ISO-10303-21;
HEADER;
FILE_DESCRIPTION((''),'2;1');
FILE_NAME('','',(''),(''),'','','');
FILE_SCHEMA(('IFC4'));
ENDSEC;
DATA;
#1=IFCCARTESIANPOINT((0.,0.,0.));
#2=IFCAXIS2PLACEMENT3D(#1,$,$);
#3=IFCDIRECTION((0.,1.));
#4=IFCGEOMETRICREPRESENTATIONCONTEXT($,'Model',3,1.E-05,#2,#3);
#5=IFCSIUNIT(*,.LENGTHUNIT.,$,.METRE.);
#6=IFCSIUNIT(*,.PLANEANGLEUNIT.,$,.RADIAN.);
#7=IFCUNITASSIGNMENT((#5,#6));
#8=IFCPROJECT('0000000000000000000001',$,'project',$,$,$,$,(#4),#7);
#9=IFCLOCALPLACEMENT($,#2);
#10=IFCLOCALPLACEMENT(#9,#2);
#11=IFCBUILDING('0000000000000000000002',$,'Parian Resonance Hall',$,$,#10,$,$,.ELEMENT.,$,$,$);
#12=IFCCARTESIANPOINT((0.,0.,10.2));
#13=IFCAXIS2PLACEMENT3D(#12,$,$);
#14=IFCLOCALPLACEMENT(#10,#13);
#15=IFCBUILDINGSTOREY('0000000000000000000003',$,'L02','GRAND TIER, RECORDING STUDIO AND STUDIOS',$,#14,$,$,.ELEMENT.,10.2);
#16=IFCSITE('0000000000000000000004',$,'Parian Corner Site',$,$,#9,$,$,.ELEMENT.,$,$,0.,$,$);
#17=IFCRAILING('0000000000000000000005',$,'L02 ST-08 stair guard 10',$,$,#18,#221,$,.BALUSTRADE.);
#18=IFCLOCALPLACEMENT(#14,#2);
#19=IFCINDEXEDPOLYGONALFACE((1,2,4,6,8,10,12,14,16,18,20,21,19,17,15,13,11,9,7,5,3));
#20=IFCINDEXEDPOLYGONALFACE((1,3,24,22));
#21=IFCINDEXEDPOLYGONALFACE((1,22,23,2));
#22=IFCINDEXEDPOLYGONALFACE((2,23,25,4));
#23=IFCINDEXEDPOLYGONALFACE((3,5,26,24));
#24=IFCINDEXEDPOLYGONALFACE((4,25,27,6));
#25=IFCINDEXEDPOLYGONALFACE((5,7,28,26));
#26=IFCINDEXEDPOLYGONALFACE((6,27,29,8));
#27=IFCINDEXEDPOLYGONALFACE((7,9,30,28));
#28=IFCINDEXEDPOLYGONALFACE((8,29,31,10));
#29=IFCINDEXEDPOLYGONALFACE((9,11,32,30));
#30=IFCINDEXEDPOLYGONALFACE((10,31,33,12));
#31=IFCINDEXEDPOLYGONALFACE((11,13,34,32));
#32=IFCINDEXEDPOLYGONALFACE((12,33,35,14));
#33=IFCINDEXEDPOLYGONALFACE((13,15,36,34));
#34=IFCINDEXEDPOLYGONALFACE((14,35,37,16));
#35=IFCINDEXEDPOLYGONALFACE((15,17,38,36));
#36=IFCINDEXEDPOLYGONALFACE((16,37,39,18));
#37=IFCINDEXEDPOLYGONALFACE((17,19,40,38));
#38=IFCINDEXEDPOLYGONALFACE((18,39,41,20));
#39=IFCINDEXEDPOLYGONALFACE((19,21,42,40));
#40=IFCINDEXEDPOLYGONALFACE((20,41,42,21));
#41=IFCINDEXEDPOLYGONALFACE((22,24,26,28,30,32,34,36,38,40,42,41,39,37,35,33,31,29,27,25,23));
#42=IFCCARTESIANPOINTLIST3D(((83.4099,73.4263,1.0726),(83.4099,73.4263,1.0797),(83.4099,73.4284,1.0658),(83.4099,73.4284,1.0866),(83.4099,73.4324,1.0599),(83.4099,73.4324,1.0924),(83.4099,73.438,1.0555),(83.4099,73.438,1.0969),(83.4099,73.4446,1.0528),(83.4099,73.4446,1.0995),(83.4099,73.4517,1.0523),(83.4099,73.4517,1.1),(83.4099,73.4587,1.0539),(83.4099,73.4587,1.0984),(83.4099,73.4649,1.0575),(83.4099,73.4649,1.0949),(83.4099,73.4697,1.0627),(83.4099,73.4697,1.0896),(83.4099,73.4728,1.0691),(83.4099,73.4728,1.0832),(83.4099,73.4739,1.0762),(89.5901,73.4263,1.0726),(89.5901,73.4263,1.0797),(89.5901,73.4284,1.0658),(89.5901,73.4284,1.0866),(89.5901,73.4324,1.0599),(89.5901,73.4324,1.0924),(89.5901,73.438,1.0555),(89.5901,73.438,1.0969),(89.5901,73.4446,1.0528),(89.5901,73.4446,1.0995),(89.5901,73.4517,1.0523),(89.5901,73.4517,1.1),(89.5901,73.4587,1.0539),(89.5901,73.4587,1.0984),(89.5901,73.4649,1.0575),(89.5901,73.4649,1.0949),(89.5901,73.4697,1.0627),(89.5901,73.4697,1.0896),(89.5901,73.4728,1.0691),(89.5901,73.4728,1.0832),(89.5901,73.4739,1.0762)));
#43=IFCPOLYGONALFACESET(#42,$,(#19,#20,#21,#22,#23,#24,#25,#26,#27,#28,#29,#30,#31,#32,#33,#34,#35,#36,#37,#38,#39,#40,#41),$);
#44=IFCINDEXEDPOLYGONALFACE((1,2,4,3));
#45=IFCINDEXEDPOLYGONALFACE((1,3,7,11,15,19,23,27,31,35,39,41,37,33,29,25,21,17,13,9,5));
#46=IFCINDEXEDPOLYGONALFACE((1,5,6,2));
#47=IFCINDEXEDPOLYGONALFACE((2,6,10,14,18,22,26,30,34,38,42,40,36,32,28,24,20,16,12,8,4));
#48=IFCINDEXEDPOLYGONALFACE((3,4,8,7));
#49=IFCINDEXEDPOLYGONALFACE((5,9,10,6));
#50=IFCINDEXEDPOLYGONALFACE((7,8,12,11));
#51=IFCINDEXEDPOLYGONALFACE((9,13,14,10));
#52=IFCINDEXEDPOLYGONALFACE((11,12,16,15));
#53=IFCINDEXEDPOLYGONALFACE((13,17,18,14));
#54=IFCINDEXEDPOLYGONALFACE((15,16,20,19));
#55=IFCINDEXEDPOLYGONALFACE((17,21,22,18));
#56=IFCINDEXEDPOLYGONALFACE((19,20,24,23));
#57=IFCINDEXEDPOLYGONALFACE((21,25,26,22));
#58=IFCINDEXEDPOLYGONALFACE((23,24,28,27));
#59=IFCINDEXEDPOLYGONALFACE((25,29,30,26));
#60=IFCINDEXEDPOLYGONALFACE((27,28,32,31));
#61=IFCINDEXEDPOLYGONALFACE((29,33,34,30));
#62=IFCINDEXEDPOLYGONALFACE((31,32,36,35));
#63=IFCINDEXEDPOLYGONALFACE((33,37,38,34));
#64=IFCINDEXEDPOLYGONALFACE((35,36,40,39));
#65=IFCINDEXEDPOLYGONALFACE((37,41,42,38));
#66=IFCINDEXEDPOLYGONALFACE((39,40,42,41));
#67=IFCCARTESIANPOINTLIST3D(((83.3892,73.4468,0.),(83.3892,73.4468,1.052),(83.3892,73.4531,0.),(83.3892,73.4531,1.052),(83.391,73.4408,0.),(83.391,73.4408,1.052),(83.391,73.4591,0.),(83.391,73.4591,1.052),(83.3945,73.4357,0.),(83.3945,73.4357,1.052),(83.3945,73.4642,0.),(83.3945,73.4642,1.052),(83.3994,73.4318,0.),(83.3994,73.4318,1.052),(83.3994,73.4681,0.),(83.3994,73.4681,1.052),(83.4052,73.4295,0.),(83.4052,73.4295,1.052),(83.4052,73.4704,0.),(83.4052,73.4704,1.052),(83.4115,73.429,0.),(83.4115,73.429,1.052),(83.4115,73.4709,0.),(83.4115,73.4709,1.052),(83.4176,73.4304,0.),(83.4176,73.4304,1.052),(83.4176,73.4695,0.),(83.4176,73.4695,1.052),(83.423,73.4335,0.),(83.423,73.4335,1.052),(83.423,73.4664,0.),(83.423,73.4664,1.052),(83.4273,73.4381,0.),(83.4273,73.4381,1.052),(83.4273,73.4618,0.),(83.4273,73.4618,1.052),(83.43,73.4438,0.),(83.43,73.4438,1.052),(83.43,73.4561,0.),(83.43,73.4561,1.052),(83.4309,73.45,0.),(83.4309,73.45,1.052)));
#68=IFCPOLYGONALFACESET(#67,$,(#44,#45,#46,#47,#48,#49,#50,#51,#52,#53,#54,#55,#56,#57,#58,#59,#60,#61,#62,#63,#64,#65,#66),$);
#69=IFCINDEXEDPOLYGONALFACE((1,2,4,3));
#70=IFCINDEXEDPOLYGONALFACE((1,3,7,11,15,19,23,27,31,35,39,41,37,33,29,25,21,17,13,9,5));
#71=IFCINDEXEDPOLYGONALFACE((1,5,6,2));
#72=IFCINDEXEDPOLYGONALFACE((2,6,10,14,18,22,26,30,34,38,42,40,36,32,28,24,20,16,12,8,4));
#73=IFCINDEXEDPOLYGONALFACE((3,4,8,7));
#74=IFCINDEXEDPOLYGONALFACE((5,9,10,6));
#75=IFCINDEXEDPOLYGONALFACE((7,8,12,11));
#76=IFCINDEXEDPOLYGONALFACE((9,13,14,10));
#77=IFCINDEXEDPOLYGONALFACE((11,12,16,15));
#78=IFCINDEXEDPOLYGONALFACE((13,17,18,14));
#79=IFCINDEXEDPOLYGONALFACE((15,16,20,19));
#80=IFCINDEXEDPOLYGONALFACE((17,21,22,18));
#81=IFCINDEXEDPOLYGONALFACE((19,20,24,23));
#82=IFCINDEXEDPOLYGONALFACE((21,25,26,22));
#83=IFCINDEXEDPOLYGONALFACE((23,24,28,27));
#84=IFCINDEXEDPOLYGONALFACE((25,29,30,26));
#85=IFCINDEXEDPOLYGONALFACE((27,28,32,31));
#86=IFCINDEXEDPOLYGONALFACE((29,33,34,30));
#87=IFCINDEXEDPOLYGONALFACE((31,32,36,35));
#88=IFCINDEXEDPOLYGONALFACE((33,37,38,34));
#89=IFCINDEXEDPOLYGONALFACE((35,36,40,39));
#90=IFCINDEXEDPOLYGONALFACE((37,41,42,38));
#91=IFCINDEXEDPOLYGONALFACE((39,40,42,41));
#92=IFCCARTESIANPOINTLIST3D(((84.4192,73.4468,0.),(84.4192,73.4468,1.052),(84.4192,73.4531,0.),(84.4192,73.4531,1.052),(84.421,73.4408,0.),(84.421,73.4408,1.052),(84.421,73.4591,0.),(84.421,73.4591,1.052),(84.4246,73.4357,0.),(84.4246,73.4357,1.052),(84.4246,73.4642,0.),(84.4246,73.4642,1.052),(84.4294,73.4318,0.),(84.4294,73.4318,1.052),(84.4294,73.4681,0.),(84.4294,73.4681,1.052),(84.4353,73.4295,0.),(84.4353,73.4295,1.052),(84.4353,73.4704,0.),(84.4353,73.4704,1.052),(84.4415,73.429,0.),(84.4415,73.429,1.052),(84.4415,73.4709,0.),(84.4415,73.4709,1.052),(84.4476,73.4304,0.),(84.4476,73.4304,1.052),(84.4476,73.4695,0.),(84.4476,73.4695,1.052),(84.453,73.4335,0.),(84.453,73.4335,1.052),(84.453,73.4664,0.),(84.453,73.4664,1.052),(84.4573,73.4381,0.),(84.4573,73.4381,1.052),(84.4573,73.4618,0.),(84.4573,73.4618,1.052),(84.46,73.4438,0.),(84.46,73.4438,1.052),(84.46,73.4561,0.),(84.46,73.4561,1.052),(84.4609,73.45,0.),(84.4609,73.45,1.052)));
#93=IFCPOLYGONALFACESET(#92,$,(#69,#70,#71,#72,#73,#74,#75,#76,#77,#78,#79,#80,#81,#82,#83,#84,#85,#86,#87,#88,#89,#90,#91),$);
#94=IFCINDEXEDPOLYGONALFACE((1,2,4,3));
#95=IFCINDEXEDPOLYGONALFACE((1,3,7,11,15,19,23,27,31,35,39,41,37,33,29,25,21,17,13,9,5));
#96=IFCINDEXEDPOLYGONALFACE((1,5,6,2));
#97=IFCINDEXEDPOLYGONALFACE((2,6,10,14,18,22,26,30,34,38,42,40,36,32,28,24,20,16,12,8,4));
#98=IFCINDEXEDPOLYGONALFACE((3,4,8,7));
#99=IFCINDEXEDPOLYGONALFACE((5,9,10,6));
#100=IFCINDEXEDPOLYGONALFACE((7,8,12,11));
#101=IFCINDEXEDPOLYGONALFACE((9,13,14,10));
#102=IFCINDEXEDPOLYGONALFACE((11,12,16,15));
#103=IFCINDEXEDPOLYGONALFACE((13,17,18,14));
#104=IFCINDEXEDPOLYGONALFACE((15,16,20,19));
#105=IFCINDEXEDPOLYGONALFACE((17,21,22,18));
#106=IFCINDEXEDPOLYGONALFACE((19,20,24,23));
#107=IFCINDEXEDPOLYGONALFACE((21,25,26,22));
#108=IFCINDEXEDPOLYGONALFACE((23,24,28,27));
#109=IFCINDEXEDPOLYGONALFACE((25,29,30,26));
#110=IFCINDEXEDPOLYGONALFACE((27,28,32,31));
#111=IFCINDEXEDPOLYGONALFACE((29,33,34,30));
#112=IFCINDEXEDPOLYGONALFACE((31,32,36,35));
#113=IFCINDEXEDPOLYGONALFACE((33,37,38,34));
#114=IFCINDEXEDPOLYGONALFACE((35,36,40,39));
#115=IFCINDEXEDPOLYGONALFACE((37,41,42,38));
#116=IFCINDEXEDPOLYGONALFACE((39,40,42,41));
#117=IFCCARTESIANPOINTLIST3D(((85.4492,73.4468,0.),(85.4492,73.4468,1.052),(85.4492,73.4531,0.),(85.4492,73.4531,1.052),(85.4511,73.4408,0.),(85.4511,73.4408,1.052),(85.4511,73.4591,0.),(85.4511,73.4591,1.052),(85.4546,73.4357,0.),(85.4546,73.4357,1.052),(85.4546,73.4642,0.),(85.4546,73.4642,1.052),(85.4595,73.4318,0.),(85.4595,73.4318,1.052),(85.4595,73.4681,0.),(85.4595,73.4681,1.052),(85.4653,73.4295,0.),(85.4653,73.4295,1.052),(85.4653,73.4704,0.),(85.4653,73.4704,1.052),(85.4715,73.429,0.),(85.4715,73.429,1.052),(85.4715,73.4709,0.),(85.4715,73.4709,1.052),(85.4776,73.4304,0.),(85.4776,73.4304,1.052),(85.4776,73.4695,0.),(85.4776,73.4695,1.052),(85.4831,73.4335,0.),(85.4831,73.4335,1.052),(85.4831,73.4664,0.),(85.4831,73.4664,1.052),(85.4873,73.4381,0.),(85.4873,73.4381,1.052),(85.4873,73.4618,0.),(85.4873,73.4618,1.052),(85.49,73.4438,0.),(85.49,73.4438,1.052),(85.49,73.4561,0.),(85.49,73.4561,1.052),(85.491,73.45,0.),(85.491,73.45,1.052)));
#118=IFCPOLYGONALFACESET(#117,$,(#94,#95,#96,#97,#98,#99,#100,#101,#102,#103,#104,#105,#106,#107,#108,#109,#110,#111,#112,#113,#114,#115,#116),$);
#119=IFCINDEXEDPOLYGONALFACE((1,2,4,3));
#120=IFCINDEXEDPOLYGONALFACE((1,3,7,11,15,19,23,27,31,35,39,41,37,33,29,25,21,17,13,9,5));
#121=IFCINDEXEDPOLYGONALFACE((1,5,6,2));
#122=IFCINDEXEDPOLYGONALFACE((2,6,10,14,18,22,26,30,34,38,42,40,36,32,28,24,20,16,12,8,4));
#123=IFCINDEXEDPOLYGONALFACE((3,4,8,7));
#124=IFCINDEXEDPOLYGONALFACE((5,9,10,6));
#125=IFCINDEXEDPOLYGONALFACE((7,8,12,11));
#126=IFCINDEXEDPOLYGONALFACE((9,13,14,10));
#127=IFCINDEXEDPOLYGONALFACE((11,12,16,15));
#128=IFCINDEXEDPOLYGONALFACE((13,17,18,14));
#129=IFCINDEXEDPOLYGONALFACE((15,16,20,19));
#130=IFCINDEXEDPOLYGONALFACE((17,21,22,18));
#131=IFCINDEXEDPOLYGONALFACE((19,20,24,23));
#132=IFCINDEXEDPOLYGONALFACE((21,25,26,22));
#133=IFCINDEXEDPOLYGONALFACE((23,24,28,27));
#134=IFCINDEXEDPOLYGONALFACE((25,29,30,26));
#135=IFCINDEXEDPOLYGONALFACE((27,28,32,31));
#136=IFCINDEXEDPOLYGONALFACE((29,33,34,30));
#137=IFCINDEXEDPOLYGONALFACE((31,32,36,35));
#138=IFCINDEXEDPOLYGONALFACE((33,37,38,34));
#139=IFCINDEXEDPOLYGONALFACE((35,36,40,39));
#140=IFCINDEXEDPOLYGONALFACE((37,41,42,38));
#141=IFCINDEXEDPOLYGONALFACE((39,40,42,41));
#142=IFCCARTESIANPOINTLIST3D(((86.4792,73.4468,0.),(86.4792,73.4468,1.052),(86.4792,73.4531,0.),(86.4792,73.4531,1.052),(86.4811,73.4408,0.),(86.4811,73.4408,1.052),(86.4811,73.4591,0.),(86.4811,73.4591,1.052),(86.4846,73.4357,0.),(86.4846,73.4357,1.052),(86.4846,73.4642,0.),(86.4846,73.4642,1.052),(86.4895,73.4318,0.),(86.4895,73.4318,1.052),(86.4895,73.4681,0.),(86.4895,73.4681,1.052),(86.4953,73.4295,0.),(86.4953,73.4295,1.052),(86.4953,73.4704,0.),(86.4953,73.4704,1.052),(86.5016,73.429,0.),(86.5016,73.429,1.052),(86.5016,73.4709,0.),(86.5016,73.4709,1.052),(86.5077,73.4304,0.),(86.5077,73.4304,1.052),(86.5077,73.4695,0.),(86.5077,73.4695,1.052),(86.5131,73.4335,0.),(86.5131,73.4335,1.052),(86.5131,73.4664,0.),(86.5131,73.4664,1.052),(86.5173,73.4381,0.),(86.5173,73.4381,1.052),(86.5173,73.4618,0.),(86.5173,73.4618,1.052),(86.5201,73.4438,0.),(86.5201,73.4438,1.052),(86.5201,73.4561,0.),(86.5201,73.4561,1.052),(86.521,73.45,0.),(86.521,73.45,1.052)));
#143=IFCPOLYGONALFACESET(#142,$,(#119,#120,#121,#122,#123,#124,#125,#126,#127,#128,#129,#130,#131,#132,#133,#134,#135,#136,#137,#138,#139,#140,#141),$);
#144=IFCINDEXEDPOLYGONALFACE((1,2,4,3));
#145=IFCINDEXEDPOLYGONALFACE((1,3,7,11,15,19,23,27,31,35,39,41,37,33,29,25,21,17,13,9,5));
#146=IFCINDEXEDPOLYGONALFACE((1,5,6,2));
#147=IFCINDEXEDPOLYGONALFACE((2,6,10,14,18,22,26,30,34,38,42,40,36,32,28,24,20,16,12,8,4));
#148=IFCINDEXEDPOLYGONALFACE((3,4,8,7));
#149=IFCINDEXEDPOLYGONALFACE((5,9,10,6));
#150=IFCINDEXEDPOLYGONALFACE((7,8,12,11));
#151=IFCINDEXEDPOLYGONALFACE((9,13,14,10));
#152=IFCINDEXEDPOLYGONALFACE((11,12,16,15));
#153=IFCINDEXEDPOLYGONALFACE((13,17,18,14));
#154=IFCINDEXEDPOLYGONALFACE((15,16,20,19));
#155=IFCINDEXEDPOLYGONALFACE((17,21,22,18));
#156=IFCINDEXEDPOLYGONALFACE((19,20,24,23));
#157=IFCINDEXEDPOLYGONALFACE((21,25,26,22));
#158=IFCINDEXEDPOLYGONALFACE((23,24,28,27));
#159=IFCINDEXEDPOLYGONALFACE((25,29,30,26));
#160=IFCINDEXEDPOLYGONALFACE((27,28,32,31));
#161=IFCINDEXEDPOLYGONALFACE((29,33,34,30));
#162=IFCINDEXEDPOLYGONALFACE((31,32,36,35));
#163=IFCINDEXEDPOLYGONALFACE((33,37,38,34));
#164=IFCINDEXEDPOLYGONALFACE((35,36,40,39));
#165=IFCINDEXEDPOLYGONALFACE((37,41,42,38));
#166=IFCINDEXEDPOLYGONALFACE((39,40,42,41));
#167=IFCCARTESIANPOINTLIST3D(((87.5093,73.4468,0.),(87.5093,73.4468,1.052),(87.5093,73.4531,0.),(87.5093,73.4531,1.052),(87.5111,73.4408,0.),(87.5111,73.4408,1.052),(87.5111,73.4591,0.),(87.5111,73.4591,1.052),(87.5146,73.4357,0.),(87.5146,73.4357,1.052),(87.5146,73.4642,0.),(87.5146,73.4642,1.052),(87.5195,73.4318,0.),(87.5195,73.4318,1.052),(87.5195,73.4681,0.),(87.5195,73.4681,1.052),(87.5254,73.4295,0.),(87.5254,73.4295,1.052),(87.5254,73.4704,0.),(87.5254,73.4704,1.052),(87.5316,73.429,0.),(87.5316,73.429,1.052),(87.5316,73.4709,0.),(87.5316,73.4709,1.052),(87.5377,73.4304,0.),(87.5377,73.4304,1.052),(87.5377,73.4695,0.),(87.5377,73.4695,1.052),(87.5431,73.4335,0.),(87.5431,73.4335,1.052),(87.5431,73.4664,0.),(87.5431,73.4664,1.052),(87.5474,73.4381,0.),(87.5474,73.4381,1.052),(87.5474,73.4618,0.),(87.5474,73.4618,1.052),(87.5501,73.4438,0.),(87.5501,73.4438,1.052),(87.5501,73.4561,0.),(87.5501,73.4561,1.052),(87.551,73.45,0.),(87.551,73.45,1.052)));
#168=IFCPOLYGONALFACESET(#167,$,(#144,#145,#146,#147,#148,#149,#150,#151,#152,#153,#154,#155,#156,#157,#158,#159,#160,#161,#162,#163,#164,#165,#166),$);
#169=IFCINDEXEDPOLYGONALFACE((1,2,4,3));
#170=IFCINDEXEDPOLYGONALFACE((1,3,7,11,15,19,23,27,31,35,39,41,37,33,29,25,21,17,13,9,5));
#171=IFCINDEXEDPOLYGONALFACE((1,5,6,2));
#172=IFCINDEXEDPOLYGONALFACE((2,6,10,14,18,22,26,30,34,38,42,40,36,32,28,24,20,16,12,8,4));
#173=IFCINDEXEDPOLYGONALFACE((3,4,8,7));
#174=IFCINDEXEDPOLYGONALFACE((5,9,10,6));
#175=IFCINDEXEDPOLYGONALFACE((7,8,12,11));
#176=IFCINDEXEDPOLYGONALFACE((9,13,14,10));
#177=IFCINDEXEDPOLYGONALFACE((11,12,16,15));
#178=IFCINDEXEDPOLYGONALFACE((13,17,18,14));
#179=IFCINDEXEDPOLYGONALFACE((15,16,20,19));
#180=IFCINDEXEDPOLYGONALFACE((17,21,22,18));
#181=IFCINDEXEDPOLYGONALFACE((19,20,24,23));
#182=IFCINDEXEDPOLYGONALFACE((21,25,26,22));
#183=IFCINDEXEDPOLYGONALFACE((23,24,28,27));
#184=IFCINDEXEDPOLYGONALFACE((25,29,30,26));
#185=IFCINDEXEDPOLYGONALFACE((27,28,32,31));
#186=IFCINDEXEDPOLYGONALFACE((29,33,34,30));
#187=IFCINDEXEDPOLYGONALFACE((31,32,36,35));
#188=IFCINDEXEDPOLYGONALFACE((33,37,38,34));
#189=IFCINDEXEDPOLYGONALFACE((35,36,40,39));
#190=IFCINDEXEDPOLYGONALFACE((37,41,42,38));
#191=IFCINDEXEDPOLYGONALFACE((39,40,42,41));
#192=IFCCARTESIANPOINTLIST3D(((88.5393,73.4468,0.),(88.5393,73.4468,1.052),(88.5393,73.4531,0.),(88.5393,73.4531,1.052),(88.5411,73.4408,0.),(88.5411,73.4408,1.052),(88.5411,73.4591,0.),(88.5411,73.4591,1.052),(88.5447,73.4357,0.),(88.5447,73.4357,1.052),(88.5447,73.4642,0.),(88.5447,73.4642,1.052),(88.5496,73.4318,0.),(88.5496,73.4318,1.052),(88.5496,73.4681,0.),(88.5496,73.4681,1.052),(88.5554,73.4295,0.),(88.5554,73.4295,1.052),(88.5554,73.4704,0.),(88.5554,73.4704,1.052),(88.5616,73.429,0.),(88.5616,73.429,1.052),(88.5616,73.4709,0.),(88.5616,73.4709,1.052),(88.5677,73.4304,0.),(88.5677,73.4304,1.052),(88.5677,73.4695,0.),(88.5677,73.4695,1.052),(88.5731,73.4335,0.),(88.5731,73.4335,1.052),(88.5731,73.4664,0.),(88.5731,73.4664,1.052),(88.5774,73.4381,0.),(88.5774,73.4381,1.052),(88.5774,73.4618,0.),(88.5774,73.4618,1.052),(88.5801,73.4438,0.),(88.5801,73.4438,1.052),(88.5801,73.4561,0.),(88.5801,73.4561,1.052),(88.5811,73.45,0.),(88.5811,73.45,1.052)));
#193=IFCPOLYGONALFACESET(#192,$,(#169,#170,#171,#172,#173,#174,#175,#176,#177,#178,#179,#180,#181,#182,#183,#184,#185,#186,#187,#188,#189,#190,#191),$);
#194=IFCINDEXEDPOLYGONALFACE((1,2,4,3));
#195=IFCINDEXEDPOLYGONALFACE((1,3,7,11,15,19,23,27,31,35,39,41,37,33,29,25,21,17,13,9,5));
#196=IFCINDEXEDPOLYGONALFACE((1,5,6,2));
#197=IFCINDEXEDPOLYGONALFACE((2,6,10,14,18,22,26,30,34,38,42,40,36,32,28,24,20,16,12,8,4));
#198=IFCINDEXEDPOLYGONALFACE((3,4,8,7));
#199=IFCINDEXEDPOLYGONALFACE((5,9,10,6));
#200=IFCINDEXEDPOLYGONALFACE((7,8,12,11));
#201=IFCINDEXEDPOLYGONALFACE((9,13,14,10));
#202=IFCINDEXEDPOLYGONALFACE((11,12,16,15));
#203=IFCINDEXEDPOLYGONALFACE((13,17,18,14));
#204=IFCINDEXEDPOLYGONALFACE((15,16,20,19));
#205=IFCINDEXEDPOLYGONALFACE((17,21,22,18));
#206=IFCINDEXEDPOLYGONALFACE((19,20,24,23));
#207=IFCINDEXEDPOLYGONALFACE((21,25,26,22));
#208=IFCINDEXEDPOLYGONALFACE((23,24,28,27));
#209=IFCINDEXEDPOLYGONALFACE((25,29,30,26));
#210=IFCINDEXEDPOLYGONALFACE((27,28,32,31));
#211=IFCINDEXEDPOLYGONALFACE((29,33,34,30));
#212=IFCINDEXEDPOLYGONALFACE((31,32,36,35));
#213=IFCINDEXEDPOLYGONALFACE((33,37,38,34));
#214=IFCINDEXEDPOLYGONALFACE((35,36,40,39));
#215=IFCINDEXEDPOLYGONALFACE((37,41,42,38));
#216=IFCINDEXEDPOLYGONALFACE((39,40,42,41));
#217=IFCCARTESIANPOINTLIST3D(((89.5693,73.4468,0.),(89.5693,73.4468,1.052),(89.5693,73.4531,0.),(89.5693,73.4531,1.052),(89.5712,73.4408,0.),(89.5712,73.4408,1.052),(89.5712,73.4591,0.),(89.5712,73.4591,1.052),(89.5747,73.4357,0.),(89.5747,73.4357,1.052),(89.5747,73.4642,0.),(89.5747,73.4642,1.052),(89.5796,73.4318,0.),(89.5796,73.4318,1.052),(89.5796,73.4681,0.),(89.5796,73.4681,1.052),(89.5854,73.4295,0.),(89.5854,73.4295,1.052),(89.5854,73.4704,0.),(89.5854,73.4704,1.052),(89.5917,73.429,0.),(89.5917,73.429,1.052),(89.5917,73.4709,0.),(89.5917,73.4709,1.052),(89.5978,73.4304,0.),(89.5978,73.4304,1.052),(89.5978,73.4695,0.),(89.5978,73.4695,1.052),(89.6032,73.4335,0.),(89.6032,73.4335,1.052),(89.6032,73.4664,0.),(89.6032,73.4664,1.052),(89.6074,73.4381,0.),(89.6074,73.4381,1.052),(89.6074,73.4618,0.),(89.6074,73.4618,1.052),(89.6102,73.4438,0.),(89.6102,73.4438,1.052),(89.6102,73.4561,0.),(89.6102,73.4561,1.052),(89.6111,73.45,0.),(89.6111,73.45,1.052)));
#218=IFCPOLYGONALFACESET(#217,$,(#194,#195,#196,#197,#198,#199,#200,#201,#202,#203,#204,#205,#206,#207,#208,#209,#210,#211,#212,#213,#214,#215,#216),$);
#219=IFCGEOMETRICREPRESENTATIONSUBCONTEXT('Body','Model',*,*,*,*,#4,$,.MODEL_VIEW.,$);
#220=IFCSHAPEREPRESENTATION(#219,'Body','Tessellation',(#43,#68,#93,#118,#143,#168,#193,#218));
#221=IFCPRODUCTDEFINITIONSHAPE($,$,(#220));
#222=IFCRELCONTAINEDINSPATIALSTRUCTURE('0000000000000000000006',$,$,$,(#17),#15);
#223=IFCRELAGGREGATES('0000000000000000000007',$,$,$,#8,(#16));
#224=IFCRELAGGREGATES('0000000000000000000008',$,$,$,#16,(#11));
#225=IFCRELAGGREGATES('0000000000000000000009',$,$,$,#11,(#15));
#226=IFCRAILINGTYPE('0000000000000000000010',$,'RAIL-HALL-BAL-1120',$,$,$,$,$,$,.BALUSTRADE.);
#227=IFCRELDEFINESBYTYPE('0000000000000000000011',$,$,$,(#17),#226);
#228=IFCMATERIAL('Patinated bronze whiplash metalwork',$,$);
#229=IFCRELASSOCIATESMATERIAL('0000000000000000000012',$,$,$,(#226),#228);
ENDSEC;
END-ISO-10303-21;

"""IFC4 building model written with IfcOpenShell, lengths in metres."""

from ifc_helpers import new_model, si_unit, direction, frame, origin, origin_2d, place, context, subcontext, project, spatial, circle, extrude, material, type_object, element, save


model = new_model("IFC4")

# Units and contexts
model_context = context("Model", 3, precision=1e-05, world=origin(), true_north=direction((0.0, 1.0)))
body_context = subcontext(model_context, "Body", "Model", "MODEL_VIEW")
ifc_project = project(units=[si_unit("LENGTHUNIT", "METRE"), si_unit("PLANEANGLEUNIT", "RADIAN")], contexts=[model_context])

# Site, building, storey
site_placement = place(None, origin())
site = spatial("IfcSite", under=ifc_project, at=site_placement, Name="Parian Corner Site", CompositionType="ELEMENT", RefElevation=0.0)
building_placement = place(site_placement, origin())
building = spatial("IfcBuilding", under=site, at=building_placement, Name="Parian Resonance Hall", CompositionType="ELEMENT")
storey_placement = place(building_placement, frame((0.0, 0.0, 10.2)))
storey = spatial("IfcBuildingStorey", under=building, at=storey_placement, Name="L02", Description="GRAND TIER, RECORDING STUDIO AND STUDIOS", CompositionType="ELEMENT", Elevation=10.2)

# Railing
ifc_material_1 = material(Name="Patinated bronze whiplash metalwork")
railing_type_1 = type_object("IfcRailingType", Name="RAIL-HALL-BAL-1120", PredefinedType="BALUSTRADE", material=ifc_material_1)
railing_1_placement = place(storey_placement, frame((83.4099, 73.45, 0.0)))
element("IfcRailing", 1, at=railing_1_placement, inside=storey, type_object=railing_type_1, Name="L02 ST-08 stair guard 10", PredefinedType="BALUSTRADE", context=body_context, shape_type="SweptSolid", body=[
    extrude(circle(Radius=0.0239, at=origin_2d()), frame((0.0, 0.0, 1.0762), z_axis=(1.0, 0.0, 0.0), x_axis=(0.0, 1.0, 0.0)), (0.0, 0.0, 1.0), 6.1802),
    extrude(circle(Radius=0.021, at=origin_2d()), origin(), (0.0, 0.0, 1.0), 1.052),
    extrude(circle(Radius=0.021, at=origin_2d()), frame((1.03, 0.0, 0.0)), (0.0, 0.0, 1.0), 1.052),
    extrude(circle(Radius=0.021, at=origin_2d()), frame((2.0601, 0.0, 0.0)), (0.0, 0.0, 1.0), 1.052),
    extrude(circle(Radius=0.021, at=origin_2d()), frame((3.0901, 0.0, 0.0)), (0.0, 0.0, 1.0), 1.052),
    extrude(circle(Radius=0.021, at=origin_2d()), frame((4.1201, 0.0, 0.0)), (0.0, 0.0, 1.0), 1.052),
    extrude(circle(Radius=0.021, at=origin_2d()), frame((5.1501, 0.0, 0.0)), (0.0, 0.0, 1.0), 1.052),
    extrude(circle(Radius=0.021, at=origin_2d()), frame((6.1802, 0.0, 0.0)), (0.0, 0.0, 1.0), 1.052),
])

save(model, "model.ifc")
